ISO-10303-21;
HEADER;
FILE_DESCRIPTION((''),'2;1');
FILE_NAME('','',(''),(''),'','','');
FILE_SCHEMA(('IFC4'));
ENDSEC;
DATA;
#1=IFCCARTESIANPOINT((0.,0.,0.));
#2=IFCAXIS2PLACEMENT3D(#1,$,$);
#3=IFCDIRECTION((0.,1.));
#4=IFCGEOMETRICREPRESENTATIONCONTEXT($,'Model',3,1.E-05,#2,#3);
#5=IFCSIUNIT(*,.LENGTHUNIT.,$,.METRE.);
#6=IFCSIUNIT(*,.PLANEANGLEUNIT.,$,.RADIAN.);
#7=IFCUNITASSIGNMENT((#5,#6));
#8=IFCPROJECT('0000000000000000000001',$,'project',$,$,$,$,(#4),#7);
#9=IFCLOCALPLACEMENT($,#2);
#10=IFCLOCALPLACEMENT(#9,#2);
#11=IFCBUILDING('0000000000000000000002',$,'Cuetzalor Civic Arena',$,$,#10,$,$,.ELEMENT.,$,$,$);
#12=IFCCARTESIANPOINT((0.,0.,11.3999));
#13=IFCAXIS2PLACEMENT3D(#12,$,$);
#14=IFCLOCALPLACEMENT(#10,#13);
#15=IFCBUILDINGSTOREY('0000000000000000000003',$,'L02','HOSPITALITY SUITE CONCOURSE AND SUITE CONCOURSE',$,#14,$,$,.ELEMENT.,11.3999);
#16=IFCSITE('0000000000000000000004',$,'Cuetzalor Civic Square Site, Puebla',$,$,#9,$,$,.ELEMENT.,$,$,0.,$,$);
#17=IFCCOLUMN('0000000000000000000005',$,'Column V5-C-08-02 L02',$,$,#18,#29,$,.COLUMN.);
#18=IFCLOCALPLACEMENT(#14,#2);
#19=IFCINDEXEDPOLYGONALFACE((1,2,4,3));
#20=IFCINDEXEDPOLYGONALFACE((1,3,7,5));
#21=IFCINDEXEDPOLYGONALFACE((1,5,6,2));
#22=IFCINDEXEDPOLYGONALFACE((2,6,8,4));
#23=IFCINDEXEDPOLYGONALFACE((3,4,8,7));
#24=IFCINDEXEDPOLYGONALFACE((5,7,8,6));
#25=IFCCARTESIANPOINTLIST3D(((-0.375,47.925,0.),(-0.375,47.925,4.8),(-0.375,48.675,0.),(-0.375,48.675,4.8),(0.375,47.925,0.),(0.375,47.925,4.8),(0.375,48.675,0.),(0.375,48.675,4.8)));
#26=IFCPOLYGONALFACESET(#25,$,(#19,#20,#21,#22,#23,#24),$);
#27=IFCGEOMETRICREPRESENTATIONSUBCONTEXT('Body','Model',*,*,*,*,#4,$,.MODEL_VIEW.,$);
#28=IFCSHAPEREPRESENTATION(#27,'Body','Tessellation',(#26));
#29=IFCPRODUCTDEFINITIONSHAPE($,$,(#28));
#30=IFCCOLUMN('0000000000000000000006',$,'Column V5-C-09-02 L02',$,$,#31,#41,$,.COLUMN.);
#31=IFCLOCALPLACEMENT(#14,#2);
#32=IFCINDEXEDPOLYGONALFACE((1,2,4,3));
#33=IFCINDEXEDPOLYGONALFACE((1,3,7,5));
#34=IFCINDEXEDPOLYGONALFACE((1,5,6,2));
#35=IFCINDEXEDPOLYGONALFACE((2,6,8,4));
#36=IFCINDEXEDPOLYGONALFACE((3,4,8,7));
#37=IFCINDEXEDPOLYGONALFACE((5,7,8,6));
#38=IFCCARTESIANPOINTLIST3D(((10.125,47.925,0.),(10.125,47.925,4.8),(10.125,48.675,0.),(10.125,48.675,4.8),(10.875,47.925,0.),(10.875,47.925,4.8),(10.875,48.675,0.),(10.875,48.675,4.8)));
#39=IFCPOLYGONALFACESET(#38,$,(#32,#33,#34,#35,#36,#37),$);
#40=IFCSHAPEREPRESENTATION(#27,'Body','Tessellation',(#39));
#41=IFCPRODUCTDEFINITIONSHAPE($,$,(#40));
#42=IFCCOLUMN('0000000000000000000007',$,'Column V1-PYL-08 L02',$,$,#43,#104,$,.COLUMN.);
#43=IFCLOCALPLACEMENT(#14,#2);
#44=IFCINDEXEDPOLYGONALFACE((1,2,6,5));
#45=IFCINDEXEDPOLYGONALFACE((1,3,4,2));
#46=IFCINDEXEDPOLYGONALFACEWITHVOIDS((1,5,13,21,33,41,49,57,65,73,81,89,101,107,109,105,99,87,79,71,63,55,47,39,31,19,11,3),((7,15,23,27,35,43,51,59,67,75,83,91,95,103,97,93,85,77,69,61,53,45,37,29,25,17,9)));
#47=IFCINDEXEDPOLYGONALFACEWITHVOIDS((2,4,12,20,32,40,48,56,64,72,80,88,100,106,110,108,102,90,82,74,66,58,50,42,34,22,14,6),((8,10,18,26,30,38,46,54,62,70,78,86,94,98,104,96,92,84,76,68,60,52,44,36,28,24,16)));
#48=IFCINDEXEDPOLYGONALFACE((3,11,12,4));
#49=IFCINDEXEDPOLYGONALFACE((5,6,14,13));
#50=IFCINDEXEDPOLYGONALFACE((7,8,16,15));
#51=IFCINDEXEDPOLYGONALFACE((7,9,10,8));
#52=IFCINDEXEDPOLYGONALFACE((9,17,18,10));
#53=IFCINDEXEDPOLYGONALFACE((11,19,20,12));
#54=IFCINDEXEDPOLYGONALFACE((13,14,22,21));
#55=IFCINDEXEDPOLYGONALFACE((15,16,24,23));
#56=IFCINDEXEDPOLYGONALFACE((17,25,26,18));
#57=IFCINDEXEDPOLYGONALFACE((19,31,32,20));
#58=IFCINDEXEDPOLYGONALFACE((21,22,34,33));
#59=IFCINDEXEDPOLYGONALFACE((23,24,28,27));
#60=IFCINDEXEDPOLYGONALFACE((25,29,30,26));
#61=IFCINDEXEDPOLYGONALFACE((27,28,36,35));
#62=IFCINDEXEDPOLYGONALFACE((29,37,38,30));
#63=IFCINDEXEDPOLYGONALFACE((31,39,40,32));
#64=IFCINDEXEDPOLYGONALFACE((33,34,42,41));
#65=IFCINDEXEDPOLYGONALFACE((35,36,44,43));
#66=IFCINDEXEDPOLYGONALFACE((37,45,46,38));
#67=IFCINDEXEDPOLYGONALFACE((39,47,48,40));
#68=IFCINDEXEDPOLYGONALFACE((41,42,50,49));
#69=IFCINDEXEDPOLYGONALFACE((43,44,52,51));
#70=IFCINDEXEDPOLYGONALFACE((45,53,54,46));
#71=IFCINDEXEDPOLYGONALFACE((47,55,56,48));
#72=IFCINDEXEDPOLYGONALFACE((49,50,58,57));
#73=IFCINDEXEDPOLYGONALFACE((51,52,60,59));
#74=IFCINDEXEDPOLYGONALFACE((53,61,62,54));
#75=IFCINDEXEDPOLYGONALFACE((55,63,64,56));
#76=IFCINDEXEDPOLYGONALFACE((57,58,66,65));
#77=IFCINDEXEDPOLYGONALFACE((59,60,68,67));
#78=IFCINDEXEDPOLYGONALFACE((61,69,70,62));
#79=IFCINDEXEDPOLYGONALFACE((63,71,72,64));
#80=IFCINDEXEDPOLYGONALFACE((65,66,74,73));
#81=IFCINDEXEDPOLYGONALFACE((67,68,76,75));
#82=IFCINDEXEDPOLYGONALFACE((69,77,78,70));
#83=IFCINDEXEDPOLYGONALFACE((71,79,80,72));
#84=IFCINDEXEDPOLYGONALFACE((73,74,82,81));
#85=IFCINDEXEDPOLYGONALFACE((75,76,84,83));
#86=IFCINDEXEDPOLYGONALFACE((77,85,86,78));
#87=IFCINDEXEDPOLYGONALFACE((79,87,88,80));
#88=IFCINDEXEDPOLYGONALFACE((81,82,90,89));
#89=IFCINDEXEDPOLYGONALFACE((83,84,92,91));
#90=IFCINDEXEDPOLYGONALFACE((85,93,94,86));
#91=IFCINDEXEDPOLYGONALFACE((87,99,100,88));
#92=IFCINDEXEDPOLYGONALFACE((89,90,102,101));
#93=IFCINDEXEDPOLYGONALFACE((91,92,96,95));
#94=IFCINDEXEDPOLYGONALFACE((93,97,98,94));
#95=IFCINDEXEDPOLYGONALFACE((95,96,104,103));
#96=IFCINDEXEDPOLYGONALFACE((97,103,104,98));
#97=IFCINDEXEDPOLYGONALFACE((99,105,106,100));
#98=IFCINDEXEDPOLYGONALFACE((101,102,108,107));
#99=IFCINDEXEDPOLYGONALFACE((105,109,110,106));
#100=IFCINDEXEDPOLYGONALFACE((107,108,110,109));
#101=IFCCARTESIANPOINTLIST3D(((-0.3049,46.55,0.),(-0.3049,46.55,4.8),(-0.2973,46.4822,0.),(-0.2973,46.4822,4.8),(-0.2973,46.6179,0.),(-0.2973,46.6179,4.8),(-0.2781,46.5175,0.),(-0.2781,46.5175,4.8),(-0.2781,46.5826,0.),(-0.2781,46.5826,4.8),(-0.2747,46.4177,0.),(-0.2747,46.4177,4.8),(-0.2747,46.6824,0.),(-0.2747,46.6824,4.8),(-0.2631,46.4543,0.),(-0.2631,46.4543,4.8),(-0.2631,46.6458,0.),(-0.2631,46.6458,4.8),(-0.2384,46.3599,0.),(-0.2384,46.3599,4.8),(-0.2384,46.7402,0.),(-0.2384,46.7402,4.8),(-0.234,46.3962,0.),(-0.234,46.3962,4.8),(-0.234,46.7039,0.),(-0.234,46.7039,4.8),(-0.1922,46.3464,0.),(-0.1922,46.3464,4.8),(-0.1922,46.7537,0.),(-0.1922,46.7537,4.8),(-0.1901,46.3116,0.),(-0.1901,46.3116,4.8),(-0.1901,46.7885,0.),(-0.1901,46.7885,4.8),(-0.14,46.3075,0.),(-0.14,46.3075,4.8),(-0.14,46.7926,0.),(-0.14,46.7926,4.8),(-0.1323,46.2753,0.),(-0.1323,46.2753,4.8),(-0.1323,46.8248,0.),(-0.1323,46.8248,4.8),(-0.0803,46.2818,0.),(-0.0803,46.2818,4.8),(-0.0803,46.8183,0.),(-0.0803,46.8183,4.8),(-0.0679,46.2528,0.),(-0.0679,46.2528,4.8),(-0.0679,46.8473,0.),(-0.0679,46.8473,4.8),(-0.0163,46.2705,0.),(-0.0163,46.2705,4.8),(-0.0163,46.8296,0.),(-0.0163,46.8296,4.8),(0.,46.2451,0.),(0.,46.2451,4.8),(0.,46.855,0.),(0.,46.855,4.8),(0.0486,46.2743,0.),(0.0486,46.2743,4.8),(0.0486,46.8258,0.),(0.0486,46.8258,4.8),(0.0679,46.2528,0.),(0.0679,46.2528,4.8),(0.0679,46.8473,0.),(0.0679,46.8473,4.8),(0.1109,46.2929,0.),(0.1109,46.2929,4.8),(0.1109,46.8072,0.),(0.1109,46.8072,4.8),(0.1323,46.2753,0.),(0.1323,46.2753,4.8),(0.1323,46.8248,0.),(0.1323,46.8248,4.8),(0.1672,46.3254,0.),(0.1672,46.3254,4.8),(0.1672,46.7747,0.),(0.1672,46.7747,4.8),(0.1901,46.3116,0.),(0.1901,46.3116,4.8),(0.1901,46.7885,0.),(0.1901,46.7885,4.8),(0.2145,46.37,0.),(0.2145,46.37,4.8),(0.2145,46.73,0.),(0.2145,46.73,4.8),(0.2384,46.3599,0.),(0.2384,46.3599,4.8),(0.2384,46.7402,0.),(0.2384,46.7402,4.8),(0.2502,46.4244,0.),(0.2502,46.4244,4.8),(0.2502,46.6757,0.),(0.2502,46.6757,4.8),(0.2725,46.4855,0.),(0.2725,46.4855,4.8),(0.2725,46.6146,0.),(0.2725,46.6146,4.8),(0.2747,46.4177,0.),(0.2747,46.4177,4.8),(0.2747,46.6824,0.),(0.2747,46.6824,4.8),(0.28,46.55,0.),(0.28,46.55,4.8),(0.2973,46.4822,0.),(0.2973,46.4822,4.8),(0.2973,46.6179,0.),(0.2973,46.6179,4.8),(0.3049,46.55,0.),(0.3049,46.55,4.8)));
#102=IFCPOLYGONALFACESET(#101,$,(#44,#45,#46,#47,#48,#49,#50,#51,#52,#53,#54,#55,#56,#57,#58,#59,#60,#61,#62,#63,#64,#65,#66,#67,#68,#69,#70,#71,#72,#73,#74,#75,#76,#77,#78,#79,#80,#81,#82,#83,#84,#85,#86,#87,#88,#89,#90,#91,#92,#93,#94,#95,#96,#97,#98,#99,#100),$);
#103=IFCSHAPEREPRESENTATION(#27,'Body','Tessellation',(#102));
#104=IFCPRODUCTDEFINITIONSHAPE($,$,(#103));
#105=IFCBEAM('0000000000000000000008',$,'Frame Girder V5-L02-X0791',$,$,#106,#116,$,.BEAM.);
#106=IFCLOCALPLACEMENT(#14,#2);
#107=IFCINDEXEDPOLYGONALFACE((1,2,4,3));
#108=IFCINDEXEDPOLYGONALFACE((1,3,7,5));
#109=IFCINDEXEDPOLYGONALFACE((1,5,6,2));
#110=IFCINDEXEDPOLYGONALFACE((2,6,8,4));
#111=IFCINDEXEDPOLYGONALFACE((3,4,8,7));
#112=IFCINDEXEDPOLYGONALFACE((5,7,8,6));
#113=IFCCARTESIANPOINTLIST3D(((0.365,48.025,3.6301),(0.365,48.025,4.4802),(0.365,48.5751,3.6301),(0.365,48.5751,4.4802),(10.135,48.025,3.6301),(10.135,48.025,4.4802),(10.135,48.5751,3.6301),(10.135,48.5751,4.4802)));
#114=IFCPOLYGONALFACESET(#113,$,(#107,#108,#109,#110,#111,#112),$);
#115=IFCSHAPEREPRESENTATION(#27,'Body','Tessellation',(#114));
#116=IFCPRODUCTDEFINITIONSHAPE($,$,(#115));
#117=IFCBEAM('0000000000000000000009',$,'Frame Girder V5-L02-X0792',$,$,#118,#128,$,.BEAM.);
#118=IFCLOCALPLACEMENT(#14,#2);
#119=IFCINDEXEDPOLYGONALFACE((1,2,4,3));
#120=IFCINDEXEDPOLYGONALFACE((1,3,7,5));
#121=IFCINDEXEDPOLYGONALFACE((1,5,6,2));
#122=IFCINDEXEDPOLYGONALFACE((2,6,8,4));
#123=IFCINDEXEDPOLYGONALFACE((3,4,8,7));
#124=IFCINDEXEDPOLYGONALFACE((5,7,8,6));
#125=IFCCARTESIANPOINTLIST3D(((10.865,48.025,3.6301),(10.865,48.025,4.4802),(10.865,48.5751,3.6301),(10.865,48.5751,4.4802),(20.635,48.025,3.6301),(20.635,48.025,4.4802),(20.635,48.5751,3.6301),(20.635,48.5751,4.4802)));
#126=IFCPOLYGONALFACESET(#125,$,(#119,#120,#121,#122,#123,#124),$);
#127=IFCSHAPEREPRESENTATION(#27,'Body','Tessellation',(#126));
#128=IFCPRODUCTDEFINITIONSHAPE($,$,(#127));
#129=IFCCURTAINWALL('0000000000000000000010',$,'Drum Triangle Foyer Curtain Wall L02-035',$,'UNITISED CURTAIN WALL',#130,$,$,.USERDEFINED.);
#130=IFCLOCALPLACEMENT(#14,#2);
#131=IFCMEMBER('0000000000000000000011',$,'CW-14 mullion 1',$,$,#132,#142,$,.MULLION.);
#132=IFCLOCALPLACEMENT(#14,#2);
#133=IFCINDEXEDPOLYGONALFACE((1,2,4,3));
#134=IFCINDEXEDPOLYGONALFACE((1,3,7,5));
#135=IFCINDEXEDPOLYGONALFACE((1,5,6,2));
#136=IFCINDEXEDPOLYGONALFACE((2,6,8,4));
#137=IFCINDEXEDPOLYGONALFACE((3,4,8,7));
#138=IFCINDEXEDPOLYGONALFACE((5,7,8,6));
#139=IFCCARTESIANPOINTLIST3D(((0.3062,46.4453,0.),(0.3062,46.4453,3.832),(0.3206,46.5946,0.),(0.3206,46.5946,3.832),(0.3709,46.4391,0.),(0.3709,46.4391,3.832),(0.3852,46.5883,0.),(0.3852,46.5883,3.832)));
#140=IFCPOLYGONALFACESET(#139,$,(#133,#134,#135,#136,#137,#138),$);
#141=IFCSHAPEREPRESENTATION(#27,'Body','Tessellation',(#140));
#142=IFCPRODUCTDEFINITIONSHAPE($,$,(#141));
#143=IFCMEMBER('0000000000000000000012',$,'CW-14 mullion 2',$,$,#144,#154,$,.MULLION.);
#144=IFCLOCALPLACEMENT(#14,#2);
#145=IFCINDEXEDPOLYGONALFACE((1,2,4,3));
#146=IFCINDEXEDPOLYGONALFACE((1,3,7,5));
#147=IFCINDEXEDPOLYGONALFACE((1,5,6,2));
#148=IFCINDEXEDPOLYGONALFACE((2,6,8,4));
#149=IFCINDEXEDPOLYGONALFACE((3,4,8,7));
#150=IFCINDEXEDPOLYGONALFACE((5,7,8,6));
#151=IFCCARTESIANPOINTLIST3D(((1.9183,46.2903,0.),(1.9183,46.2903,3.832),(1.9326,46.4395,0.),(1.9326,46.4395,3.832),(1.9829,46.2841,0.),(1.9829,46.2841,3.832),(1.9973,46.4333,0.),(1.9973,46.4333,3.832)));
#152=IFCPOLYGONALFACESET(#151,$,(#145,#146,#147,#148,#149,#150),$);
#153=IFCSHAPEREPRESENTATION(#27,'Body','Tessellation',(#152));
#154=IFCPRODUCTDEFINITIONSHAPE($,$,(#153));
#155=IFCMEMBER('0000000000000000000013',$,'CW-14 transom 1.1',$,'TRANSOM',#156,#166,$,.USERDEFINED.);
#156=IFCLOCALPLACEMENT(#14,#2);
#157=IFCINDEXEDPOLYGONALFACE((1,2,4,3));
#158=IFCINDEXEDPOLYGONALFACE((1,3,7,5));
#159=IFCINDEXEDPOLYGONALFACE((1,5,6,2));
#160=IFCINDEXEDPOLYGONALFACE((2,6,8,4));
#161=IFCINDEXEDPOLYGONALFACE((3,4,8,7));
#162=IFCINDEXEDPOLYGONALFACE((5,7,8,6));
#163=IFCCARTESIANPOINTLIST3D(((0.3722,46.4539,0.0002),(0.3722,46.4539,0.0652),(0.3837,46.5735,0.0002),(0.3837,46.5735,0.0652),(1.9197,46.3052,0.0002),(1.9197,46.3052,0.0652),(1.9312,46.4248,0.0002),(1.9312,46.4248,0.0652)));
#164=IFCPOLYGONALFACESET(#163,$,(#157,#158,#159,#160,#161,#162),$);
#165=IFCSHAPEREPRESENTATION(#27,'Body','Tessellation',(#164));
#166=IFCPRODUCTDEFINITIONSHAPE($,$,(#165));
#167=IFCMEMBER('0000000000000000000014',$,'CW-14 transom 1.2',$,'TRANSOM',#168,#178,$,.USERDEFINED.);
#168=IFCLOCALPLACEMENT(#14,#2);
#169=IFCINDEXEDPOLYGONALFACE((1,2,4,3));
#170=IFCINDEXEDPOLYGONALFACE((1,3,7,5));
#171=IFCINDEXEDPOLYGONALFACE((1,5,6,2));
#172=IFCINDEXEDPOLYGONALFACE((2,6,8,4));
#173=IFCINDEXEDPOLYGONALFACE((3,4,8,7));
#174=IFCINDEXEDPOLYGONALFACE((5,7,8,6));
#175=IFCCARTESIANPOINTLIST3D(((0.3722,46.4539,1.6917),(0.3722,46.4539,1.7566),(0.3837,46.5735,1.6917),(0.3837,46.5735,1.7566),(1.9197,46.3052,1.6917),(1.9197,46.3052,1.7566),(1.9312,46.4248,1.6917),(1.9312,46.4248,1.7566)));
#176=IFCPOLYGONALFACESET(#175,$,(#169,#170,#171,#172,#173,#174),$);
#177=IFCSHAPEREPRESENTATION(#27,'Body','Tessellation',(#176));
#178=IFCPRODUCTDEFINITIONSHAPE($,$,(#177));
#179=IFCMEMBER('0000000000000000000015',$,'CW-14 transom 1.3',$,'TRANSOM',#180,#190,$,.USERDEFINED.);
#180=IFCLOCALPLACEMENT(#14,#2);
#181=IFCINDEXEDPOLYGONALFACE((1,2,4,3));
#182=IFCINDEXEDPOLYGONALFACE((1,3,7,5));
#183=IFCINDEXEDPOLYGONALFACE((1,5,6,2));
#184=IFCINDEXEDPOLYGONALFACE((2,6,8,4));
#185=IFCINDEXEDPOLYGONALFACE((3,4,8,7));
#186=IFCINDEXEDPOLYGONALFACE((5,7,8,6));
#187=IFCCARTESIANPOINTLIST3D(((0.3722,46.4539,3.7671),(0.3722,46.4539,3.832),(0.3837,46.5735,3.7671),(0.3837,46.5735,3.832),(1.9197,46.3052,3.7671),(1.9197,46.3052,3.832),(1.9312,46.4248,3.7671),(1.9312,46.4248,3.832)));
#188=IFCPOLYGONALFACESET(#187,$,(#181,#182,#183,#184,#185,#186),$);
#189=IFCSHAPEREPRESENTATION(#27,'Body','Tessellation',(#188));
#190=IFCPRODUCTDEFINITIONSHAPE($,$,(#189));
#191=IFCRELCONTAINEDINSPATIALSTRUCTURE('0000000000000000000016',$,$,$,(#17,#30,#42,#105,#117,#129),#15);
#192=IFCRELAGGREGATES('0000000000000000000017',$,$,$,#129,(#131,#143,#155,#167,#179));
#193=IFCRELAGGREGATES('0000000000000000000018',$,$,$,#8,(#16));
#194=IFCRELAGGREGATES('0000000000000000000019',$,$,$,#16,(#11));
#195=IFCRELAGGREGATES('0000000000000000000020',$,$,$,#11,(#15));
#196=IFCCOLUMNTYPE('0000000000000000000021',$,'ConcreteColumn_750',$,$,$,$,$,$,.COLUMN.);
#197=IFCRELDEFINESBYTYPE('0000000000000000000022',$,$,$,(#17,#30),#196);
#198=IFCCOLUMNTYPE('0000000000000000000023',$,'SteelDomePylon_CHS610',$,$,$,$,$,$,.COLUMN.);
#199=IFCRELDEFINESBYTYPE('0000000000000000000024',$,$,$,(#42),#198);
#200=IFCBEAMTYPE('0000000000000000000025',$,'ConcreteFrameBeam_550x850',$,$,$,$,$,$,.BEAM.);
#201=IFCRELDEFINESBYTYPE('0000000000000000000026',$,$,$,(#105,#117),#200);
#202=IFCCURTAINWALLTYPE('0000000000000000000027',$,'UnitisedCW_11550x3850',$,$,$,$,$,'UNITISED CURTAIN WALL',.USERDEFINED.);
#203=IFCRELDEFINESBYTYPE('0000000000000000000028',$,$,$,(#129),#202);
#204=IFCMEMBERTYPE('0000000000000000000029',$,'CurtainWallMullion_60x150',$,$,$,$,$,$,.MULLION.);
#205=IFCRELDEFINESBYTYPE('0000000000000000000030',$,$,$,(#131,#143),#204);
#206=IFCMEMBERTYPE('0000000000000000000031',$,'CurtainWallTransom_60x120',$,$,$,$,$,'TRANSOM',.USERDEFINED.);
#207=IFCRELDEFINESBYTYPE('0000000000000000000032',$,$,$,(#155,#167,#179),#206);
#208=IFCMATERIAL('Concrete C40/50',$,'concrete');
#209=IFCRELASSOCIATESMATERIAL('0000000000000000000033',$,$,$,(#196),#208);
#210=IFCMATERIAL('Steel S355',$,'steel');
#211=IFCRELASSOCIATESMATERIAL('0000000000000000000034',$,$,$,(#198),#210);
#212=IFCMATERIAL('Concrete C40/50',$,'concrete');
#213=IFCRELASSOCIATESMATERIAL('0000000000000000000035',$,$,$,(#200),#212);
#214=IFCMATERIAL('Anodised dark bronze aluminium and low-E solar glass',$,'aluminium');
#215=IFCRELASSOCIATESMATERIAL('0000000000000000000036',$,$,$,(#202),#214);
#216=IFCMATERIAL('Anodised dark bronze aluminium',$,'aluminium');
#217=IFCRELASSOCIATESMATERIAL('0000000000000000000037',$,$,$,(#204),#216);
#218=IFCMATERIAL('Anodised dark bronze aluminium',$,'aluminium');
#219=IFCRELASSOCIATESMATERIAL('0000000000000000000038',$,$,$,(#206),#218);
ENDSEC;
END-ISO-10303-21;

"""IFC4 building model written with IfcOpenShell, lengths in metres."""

from ifc_helpers import new_model, si_unit, direction, frame, origin, origin_2d, place, context, subcontext, project, spatial, rectangle, hollow_circle, extrude, material, material_profile, profile_set, type_object, element, aggregate, save


model = new_model("IFC4")

# Units and contexts
model_context = context("Model", 3, precision=1e-05, world=origin(), true_north=direction((0.0, 1.0)))
body_context = subcontext(model_context, "Body", "Model", "MODEL_VIEW")
ifc_project = project(units=[si_unit("LENGTHUNIT", "METRE"), si_unit("PLANEANGLEUNIT", "RADIAN")], contexts=[model_context])

# Site, building, storey
site_placement = place(None, origin())
site = spatial("IfcSite", under=ifc_project, at=site_placement, Name="Cuetzalor Civic Square Site, Puebla", CompositionType="ELEMENT", RefElevation=0.0)
building_placement = place(site_placement, origin())
building = spatial("IfcBuilding", under=site, at=building_placement, Name="Cuetzalor Civic Arena", CompositionType="ELEMENT")
storey_placement = place(building_placement, frame((0.0, 0.0, 11.3999)))
storey = spatial("IfcBuildingStorey", under=building, at=storey_placement, Name="L02", Description="HOSPITALITY SUITE CONCOURSE AND SUITE CONCOURSE", CompositionType="ELEMENT", Elevation=11.3999)

# Columns
ifc_material_1 = material(Name="Concrete C40/50", Category="concrete")
ifc_material_profile_1 = material_profile(ifc_material_1, rectangle(XDim=0.75, YDim=0.75, at=origin_2d()), Name="RC 750x750")
ifc_profile_set_1 = profile_set([ifc_material_profile_1], Name="Concrete C40/50")
column_type_1 = type_object("IfcColumnType", Name="ConcreteColumn_750", PredefinedType="COLUMN", material=ifc_profile_set_1)
for number, where, z_axis, x_axis, name in (
    (1, (0.0, 48.3, 0.0), (0.0, 0.0, 1.0), (1.0, 0.0, 0.0), "Column V5-C-08-02 L02"),
    (2, (10.5, 48.3, 0.0), (0.0, 0.0, 1.0), (1.0, 0.0, 0.0), "Column V5-C-09-02 L02"),
):
    element("IfcColumn", number, at=place(storey_placement, frame(where, z_axis=z_axis, x_axis=x_axis)), inside=storey, type_object=column_type_1, Name=name, PredefinedType="COLUMN", context=body_context, shape_type="SweptSolid", body=[
        extrude(rectangle(XDim=0.75, YDim=0.75, at=origin_2d()), origin(), (0.0, 0.0, 1.0), 4.8),
    ])
ifc_material_2 = material(Name="Steel S355", Category="steel")
ifc_material_profile_2 = material_profile(ifc_material_2, hollow_circle(Radius=0.3049, WallThickness=0.0249, at=origin_2d()), Name="CHS 610x25")
ifc_profile_set_2 = profile_set([ifc_material_profile_2], Name="Steel S355")
column_type_2 = type_object("IfcColumnType", Name="SteelDomePylon_CHS610", PredefinedType="COLUMN", material=ifc_profile_set_2)
column_placement = place(storey_placement, frame((0.0, 46.55, 0.0), z_axis=(0.0, 0.0, 1.0), x_axis=(1.0, 0.0, 0.0)))
element("IfcColumn", 3, at=column_placement, inside=storey, type_object=column_type_2, Name="Column V1-PYL-08 L02", PredefinedType="COLUMN", context=body_context, shape_type="SweptSolid", body=[
    extrude(hollow_circle(Radius=0.3049, WallThickness=0.0249, at=origin_2d()), origin(), (0.0, 0.0, 1.0), 4.8),
])

# Beams
ifc_material_3 = material(Name="Concrete C40/50", Category="concrete")
ifc_material_profile_3 = material_profile(ifc_material_3, rectangle(XDim=0.55, YDim=0.8501, at=origin_2d()), Name="RC 550x850")
ifc_profile_set_3 = profile_set([ifc_material_profile_3], Name="Concrete C40/50")
beam_type_1 = type_object("IfcBeamType", Name="ConcreteFrameBeam_550x850", PredefinedType="BEAM", material=ifc_profile_set_3)
for number, where, z_axis, x_axis, name in (
    (4, (0.365, 48.3, 4.0552), (1.0, 0.0, 0.0), (0.0, 1.0, 0.0), "Frame Girder V5-L02-X0791"),
    (5, (10.865, 48.3, 4.0552), (1.0, 0.0, 0.0), (0.0, 1.0, 0.0), "Frame Girder V5-L02-X0792"),
):
    element("IfcBeam", number, at=place(storey_placement, frame(where, z_axis=z_axis, x_axis=x_axis)), inside=storey, type_object=beam_type_1, Name=name, PredefinedType="BEAM", context=body_context, shape_type="SweptSolid", body=[
        extrude(rectangle(XDim=0.55, YDim=0.8501, at=origin_2d()), origin(), (0.0, 0.0, 1.0), 9.77),
    ])

# Curtain wall, members
ifc_material_4 = material(Name="Anodised dark bronze aluminium and low-E solar glass", Category="aluminium")
curtain_wall_type = type_object("IfcCurtainWallType", Name="UnitisedCW_11550x3850", ElementType="UNITISED CURTAIN WALL", PredefinedType="USERDEFINED", material=ifc_material_4)
curtain_wall_placement = place(storey_placement, origin())
curtain_wall = element("IfcCurtainWall", 6, at=curtain_wall_placement, inside=storey, type_object=curtain_wall_type, Name="Drum Triangle Foyer Curtain Wall L02-035", ObjectType="UNITISED CURTAIN WALL", PredefinedType="USERDEFINED")
ifc_material_5 = material(Name="Anodised dark bronze aluminium", Category="aluminium")
ifc_material_profile_4 = material_profile(ifc_material_5, rectangle(XDim=0.0649, YDim=0.1499, at=origin_2d()), Name="ALU MULLION 65x150")
ifc_profile_set_4 = profile_set([ifc_material_profile_4], Name="Anodised dark bronze aluminium")
member_type_1 = type_object("IfcMemberType", Name="CurtainWallMullion_60x150", PredefinedType="MULLION", material=ifc_profile_set_4)
member_1_placement = place(storey_placement, frame((0.3457, 46.5168, 0.0), z_axis=(0.0, 0.0, 1.0), x_axis=(0.995409, -0.095711, 0.0)))
member_1 = element("IfcMember", 7, at=member_1_placement, type_object=member_type_1, Name="CW-14 mullion 1", PredefinedType="MULLION", context=body_context, shape_type="SweptSolid", body=[
    extrude(rectangle(XDim=0.0649, YDim=0.1499, at=origin_2d()), origin(), (0.0, 0.0, 1.0), 3.832),
])
member_2_placement = place(storey_placement, frame((1.9578, 46.3618, 0.0), z_axis=(0.0, 0.0, 1.0), x_axis=(0.995409, -0.095711, 0.0)))
member_2 = element("IfcMember", 8, at=member_2_placement, type_object=member_type_1, Name="CW-14 mullion 2", PredefinedType="MULLION", context=body_context, shape_type="SweptSolid", body=[
    extrude(rectangle(XDim=0.0649, YDim=0.1499, at=origin_2d()), origin(), (0.0, 0.0, 1.0), 3.832),
])
ifc_material_6 = material(Name="Anodised dark bronze aluminium", Category="aluminium")
ifc_material_profile_5 = material_profile(ifc_material_6, rectangle(XDim=0.1201, YDim=0.0649, at=origin_2d()), Name="ALU TRANSOM 65x120")
ifc_profile_set_5 = profile_set([ifc_material_profile_5], Name="Anodised dark bronze aluminium")
member_type_2 = type_object("IfcMemberType", Name="CurtainWallTransom_60x120", ElementType="TRANSOM", PredefinedType="USERDEFINED", material=ifc_profile_set_5)
member_3_placement = place(storey_placement, frame((0.3779, 46.5137, 0.0327), z_axis=(0.995417, -0.095632, 0.0), x_axis=(0.095632, 0.995417, 0.0)))
member_3 = element("IfcMember", 9, at=member_3_placement, type_object=member_type_2, Name="CW-14 transom 1.1", ObjectType="TRANSOM", PredefinedType="USERDEFINED", context=body_context, shape_type="SweptSolid", body=[
    extrude(rectangle(XDim=0.1201, YDim=0.0649, at=origin_2d()), origin(), (0.0, 0.0, 1.0), 1.5547),
])
member_4_placement = place(storey_placement, frame((0.3779, 46.5137, 1.7241), z_axis=(0.995417, -0.095632, 0.0), x_axis=(0.095632, 0.995417, 0.0)))
member_4 = element("IfcMember", 10, at=member_4_placement, type_object=member_type_2, Name="CW-14 transom 1.2", ObjectType="TRANSOM", PredefinedType="USERDEFINED", context=body_context, shape_type="SweptSolid", body=[
    extrude(rectangle(XDim=0.1201, YDim=0.0649, at=origin_2d()), origin(), (0.0, 0.0, 1.0), 1.5547),
])
member_5_placement = place(storey_placement, frame((0.3779, 46.5137, 3.7996), z_axis=(0.995417, -0.095632, 0.0), x_axis=(0.095632, 0.995417, 0.0)))
member_5 = element("IfcMember", 11, at=member_5_placement, type_object=member_type_2, Name="CW-14 transom 1.3", ObjectType="TRANSOM", PredefinedType="USERDEFINED", context=body_context, shape_type="SweptSolid", body=[
    extrude(rectangle(XDim=0.1201, YDim=0.0649, at=origin_2d()), origin(), (0.0, 0.0, 1.0), 1.5547),
])

aggregate(curtain_wall, [member_1, member_2, member_3, member_4, member_5])

save(model, "model.ifc")
